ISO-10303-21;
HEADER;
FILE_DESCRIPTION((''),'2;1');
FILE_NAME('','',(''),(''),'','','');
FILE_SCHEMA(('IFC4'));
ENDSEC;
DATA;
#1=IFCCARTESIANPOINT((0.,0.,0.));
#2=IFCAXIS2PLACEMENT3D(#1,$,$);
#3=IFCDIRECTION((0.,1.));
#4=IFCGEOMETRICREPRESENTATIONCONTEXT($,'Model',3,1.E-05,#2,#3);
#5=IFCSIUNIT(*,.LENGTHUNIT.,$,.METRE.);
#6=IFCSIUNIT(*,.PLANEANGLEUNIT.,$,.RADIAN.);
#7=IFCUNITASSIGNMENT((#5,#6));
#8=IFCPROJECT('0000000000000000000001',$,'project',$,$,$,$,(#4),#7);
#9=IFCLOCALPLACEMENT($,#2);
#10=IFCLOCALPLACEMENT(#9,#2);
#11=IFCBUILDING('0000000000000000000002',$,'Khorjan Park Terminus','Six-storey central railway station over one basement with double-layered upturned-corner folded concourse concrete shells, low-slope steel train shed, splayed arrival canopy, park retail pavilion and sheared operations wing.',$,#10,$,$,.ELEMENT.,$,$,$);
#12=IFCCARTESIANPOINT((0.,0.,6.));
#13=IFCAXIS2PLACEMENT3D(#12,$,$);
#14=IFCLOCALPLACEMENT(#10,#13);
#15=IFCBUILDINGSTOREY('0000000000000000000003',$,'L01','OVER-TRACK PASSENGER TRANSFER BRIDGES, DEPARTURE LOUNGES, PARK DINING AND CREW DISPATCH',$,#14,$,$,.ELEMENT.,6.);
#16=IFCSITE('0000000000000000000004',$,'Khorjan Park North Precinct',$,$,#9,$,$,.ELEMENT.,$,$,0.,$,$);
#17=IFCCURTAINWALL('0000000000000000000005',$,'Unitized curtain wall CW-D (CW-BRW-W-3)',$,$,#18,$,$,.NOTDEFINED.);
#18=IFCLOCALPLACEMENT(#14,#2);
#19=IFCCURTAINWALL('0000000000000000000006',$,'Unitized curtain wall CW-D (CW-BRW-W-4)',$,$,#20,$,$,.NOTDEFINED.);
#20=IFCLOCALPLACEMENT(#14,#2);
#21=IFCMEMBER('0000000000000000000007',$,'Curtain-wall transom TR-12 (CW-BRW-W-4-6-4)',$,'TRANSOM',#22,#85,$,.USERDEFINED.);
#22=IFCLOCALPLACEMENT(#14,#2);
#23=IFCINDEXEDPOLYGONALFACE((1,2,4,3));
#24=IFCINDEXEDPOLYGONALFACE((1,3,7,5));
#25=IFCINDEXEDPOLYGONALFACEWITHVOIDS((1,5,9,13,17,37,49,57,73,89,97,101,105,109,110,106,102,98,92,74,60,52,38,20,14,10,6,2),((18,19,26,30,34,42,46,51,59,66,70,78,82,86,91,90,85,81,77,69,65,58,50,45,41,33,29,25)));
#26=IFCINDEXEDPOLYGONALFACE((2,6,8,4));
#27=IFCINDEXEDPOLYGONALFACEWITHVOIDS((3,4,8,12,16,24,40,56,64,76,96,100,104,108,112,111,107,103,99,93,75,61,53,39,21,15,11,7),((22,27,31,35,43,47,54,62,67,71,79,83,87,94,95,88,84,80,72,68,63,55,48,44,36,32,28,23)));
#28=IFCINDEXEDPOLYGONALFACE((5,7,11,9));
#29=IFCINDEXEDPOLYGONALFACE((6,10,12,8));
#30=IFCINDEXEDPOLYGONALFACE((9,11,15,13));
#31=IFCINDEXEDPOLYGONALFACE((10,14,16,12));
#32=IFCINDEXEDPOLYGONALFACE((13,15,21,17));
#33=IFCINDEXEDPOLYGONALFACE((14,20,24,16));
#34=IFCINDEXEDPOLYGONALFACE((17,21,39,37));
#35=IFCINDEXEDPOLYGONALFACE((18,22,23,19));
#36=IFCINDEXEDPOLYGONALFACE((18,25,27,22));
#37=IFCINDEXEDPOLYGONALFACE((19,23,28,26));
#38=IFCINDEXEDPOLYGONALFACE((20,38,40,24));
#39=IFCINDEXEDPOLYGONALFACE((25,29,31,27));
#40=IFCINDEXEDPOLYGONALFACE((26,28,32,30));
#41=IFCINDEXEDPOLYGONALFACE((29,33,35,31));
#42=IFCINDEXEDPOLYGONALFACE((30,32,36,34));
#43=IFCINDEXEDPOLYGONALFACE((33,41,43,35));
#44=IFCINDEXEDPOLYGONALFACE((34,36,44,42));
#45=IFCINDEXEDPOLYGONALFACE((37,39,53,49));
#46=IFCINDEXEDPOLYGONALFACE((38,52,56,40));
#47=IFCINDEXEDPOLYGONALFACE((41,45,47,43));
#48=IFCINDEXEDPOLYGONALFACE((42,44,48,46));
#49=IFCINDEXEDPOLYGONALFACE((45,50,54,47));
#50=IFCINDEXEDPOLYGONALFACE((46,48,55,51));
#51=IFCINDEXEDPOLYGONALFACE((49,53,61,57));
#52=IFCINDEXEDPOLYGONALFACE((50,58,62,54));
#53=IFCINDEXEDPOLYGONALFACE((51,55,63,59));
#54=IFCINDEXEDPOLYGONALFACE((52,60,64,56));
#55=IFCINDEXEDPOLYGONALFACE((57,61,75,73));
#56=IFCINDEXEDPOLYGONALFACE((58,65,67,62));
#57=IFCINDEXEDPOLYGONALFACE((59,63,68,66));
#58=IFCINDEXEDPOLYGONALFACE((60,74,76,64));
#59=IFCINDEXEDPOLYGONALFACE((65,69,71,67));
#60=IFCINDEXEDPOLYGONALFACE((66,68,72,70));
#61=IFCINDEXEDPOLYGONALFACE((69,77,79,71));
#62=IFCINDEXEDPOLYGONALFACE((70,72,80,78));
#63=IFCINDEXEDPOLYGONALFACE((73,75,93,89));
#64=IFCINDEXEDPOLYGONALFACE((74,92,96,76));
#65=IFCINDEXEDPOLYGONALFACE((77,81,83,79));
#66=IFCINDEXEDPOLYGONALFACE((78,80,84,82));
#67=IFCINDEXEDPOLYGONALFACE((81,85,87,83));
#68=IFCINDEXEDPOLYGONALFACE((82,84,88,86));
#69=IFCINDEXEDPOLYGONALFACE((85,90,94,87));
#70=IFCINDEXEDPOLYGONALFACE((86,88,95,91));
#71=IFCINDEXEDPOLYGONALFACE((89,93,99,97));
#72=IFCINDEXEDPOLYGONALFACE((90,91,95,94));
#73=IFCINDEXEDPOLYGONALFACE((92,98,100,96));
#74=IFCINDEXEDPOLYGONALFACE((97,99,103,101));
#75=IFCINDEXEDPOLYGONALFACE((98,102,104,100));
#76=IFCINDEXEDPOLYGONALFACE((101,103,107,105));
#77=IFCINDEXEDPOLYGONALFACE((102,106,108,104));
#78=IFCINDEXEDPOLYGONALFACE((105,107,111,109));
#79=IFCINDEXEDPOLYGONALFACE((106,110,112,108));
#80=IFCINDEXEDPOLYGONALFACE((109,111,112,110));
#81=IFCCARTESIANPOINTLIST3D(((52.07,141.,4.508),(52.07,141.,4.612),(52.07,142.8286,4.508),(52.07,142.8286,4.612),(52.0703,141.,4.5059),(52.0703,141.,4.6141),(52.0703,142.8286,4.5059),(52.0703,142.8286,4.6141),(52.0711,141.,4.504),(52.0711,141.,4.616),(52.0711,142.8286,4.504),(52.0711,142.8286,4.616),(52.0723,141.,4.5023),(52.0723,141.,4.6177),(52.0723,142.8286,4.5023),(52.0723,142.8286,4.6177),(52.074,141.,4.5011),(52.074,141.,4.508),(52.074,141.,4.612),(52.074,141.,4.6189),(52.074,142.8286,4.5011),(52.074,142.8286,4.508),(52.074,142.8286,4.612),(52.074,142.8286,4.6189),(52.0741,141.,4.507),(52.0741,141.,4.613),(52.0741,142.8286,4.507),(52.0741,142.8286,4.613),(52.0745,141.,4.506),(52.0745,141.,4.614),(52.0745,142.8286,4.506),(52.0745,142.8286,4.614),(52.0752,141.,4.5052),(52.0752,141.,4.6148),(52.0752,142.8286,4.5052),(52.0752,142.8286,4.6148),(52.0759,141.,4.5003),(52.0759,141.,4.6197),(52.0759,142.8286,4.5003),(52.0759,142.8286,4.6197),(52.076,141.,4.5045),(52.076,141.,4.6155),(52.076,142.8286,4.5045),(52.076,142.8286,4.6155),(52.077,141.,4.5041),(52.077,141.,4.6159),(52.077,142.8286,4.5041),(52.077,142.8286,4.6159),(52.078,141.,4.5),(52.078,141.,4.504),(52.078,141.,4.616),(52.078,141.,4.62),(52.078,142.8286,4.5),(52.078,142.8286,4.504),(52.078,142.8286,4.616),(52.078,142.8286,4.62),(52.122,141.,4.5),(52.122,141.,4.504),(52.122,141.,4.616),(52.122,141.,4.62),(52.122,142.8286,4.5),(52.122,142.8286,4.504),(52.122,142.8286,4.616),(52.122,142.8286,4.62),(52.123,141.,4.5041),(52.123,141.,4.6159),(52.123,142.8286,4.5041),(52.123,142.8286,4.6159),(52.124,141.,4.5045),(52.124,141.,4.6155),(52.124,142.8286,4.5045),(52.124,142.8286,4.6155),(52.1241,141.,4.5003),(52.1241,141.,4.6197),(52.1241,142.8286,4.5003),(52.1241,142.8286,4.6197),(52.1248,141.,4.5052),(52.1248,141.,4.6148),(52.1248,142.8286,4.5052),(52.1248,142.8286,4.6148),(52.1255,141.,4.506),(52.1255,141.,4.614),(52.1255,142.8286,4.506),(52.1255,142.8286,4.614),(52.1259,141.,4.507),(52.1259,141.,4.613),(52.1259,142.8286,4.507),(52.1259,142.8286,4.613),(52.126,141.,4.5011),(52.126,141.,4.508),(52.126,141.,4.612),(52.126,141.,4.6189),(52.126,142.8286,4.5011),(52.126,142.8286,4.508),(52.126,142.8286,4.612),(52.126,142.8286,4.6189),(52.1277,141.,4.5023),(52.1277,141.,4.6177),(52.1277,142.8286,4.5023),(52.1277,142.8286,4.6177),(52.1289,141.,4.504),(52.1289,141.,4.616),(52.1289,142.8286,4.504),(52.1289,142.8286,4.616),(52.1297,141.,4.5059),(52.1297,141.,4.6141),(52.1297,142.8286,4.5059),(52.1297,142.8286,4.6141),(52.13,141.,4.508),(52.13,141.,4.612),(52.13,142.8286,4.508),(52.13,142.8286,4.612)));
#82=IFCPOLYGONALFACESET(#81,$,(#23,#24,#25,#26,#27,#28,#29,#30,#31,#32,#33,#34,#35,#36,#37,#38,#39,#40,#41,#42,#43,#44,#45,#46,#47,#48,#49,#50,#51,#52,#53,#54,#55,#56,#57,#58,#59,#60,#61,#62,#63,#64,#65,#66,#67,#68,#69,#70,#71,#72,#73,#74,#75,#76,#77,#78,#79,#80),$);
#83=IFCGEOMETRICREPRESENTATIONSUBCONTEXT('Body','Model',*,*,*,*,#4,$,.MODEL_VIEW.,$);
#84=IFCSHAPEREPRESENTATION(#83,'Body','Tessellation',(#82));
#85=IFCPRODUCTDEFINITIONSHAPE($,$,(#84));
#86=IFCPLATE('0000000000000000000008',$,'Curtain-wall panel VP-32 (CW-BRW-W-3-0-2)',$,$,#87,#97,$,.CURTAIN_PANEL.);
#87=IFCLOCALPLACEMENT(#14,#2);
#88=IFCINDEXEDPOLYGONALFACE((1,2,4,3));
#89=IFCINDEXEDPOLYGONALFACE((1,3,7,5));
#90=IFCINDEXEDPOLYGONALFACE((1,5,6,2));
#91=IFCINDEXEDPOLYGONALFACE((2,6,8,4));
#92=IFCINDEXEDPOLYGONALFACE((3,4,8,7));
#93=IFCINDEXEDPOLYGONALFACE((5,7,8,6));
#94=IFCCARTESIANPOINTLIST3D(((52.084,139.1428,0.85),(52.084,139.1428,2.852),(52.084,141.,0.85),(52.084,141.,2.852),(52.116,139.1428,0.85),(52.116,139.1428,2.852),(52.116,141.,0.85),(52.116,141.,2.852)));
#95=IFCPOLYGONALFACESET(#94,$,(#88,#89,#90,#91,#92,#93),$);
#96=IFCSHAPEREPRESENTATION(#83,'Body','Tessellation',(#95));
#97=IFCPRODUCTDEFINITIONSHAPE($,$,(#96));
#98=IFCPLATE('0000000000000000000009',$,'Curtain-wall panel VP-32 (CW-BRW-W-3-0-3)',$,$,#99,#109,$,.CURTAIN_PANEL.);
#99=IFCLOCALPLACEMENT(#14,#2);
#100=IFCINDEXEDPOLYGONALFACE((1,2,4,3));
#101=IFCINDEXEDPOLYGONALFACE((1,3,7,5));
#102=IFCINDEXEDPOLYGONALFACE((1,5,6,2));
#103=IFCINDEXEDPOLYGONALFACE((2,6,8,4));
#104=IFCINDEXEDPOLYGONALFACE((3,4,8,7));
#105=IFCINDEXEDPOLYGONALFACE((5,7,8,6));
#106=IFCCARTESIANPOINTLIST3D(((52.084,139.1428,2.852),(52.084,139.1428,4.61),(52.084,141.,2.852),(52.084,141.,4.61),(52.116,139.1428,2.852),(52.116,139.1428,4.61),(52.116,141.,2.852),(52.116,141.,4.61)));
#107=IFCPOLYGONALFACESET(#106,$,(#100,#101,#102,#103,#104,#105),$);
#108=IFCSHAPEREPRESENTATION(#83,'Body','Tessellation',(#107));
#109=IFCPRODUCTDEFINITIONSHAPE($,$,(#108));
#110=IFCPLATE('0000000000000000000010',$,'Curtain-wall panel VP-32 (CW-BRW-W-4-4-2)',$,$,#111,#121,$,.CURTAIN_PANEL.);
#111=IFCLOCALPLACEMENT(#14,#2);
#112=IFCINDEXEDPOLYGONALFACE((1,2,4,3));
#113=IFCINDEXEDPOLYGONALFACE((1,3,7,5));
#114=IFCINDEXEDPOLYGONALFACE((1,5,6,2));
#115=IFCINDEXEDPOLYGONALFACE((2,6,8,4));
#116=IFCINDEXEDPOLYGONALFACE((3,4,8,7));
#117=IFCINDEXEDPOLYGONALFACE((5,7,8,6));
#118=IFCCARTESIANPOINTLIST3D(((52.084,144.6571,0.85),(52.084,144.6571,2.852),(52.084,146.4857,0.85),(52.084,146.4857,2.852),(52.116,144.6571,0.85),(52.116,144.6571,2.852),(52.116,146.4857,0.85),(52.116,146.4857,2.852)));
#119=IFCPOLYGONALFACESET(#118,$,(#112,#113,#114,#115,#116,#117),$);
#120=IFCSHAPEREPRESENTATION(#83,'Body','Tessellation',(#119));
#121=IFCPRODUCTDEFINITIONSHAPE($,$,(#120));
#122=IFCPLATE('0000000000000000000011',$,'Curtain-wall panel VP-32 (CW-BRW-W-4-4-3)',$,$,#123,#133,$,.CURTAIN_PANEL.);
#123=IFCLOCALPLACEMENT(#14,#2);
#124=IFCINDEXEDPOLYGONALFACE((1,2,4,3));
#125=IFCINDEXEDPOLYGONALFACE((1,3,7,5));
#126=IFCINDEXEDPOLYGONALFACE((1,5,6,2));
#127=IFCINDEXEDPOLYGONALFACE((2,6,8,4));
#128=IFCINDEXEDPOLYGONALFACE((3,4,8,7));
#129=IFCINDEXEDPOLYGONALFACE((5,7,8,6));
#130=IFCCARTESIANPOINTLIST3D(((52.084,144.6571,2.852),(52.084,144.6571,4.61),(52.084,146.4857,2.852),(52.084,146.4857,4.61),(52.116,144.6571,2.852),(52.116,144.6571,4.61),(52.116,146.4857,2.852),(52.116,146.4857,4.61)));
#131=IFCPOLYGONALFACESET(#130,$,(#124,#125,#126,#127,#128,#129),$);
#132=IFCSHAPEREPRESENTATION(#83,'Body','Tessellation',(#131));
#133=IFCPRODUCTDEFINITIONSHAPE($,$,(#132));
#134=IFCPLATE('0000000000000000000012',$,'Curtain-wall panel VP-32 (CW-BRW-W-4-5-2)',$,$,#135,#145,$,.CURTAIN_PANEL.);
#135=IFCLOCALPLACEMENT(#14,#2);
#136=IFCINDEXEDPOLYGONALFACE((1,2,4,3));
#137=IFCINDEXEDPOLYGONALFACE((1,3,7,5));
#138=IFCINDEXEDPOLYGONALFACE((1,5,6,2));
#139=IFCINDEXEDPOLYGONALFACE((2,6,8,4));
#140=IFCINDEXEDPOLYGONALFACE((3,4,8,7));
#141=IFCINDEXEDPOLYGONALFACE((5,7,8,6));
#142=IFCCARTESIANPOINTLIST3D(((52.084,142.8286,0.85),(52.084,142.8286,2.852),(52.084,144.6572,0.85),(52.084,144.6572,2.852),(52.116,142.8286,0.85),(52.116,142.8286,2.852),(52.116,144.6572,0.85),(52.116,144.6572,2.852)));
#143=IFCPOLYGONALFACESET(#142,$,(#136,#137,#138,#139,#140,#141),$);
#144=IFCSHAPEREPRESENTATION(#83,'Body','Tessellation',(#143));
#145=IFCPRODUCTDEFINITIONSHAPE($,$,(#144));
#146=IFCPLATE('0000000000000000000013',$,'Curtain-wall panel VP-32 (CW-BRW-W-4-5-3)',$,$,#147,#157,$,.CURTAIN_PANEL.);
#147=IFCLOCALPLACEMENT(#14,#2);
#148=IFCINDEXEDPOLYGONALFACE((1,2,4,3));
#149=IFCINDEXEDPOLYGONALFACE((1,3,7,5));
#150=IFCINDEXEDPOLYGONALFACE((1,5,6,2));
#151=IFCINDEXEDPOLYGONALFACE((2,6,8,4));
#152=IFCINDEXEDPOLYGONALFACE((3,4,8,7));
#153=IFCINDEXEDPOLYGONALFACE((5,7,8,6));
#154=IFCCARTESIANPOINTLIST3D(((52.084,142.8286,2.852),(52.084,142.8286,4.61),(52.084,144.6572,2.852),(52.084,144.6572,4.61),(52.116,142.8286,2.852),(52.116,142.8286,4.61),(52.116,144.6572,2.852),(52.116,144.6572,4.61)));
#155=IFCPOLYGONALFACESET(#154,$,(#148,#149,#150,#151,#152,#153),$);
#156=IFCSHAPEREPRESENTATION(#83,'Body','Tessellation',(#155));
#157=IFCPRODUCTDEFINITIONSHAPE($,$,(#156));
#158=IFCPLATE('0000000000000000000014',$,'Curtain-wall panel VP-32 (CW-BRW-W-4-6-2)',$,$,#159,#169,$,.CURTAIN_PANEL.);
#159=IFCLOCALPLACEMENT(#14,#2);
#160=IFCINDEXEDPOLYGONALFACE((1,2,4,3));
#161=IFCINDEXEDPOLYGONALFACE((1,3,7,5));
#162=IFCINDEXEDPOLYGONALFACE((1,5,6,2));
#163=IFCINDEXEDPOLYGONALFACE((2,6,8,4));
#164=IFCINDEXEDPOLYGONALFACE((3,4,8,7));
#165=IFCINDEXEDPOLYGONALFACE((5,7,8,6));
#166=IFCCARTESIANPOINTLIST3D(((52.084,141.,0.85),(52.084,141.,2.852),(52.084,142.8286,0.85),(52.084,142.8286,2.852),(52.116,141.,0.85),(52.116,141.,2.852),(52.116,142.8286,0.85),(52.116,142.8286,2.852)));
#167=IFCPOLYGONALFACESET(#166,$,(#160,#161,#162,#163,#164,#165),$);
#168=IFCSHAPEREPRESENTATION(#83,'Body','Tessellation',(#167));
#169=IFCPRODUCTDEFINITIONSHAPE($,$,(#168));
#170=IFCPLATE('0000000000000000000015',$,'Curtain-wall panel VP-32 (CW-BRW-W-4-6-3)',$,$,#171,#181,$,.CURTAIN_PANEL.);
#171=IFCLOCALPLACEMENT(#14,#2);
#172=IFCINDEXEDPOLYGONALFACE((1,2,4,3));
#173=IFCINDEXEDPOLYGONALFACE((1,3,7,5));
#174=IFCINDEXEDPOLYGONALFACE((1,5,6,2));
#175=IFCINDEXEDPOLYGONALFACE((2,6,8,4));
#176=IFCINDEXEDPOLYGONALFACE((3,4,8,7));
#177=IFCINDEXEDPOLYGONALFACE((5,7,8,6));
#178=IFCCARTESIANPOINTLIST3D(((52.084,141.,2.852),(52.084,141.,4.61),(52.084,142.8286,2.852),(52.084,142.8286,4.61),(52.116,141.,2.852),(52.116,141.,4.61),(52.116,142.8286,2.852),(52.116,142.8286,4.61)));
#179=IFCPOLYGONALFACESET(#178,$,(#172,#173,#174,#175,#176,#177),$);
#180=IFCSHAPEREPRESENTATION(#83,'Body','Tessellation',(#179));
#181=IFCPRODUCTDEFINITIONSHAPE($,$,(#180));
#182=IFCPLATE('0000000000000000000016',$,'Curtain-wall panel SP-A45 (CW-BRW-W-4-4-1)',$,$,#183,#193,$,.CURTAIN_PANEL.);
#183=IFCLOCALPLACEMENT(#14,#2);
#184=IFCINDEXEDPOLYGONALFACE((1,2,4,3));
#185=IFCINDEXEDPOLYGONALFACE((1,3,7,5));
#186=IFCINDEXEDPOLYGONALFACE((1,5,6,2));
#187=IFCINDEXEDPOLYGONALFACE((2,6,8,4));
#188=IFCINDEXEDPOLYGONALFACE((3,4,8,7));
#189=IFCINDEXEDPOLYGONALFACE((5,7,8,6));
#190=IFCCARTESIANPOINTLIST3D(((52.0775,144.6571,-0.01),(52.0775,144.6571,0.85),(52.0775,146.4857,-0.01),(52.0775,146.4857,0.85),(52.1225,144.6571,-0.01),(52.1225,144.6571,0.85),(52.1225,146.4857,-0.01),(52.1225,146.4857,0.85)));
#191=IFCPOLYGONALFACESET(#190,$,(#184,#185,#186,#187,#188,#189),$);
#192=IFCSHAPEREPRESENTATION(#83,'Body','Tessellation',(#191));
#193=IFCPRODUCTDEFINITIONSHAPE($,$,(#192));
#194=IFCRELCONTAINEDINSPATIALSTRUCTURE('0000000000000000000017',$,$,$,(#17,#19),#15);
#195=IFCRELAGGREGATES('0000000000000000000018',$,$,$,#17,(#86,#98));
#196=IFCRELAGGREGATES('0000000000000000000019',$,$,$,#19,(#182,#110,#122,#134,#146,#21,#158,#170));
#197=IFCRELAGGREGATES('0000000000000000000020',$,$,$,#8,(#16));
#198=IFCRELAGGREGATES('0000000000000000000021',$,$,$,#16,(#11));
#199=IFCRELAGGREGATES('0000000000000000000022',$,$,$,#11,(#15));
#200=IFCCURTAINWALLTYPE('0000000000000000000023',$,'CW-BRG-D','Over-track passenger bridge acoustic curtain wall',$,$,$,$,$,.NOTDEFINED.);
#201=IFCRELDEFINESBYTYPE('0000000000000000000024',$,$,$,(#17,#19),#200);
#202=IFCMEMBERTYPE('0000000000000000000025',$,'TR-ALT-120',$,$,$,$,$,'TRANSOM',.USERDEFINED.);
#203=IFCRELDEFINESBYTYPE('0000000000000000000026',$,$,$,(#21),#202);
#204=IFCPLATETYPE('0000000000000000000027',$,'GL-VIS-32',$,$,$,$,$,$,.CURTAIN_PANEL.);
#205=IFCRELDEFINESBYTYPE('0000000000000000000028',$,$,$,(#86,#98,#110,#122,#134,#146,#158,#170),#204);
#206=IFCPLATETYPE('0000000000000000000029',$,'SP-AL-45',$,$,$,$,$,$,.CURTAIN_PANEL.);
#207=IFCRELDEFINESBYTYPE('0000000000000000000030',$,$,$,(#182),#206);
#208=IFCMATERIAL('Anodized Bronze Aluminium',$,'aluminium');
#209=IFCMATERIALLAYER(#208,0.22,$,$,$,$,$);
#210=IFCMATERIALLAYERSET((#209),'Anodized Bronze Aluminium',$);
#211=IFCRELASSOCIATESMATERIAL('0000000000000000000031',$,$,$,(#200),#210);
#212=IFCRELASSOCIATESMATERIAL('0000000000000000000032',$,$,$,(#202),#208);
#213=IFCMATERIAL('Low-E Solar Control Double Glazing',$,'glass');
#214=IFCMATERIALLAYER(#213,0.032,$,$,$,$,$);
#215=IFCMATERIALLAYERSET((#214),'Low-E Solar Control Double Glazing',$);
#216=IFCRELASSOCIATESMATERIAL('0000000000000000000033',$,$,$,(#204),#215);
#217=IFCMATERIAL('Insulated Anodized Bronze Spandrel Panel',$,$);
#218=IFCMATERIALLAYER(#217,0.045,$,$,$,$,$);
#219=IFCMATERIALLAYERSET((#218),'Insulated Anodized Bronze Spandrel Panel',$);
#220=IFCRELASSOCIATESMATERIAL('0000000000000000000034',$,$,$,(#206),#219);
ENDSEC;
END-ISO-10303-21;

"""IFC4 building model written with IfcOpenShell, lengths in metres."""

from ifc_helpers import new_model, si_unit, direction, frame, origin, origin_2d, place, context, subcontext, project, spatial, rectangle, hollow_rectangle, extrude, material, layer, layer_set, material_profile, profile_set, type_object, element, aggregate, save


model = new_model("IFC4")

# Units and contexts
model_context = context("Model", 3, precision=1e-05, world=origin(), true_north=direction((0.0, 1.0)))
body_context = subcontext(model_context, "Body", "Model", "MODEL_VIEW")
ifc_project = project(units=[si_unit("LENGTHUNIT", "METRE"), si_unit("PLANEANGLEUNIT", "RADIAN")], contexts=[model_context])

# Site, building, storey
site_placement = place(None, origin())
site = spatial("IfcSite", under=ifc_project, at=site_placement, Name="Khorjan Park North Precinct", CompositionType="ELEMENT", RefElevation=0.0)
building_placement = place(site_placement, origin())
building = spatial("IfcBuilding", under=site, at=building_placement, Name="Khorjan Park Terminus", Description="Six-storey central railway station over one basement with double-layered upturned-corner folded concourse concrete shells, low-slope steel train shed, splayed arrival canopy, park retail pavilion and sheared operations wing.", CompositionType="ELEMENT")
storey_placement = place(building_placement, frame((0.0, 0.0, 6.0)))
storey = spatial("IfcBuildingStorey", under=building, at=storey_placement, Name="L01", Description="OVER-TRACK PASSENGER TRANSFER BRIDGES, DEPARTURE LOUNGES, PARK DINING AND CREW DISPATCH", CompositionType="ELEMENT", Elevation=6.0)

# Curtain wall
ifc_material_1 = material(Name="Anodized Bronze Aluminium", Category="aluminium")
ifc_layer_1 = layer(ifc_material_1, 0.22)
ifc_layer_set_1 = layer_set([ifc_layer_1], Name="Anodized Bronze Aluminium")
curtain_wall_type = type_object("IfcCurtainWallType", Name="CW-BRG-D", Description="Over-track passenger bridge acoustic curtain wall", PredefinedType="NOTDEFINED", material=ifc_layer_set_1)
curtain_wall_1_placement = place(storey_placement, origin())
curtain_wall_1 = element("IfcCurtainWall", 1, at=curtain_wall_1_placement, inside=storey, type_object=curtain_wall_type, Name="Unitized curtain wall CW-D (CW-BRW-W-3)", PredefinedType="NOTDEFINED")

# Curtain wall
curtain_wall_2_placement = place(storey_placement, origin())
curtain_wall_2 = element("IfcCurtainWall", 2, at=curtain_wall_2_placement, inside=storey, type_object=curtain_wall_type, Name="Unitized curtain wall CW-D (CW-BRW-W-4)", PredefinedType="NOTDEFINED")

# Member
ifc_material_profile_1 = material_profile(ifc_material_1, hollow_rectangle(XDim=0.06, YDim=0.12, WallThickness=0.004, InnerFilletRadius=0.004, OuterFilletRadius=0.008, at=origin_2d()), Name="ALT 60x120x4")
ifc_profile_set_1 = profile_set([ifc_material_profile_1], Name="Anodized Bronze Aluminium")
member_type_1 = type_object("IfcMemberType", Name="TR-ALT-120", ElementType="TRANSOM", PredefinedType="USERDEFINED", material=ifc_profile_set_1)
member_1_placement = place(storey_placement, frame((52.1, 142.8286, 4.56), z_axis=(0.0, -1.0, 0.0), x_axis=(1.0, 0.0, 0.0)))
member_1 = element("IfcMember", 3, at=member_1_placement, type_object=member_type_1, Name="Curtain-wall transom TR-12 (CW-BRW-W-4-6-4)", ObjectType="TRANSOM", PredefinedType="USERDEFINED", context=body_context, shape_type="SweptSolid", body=[
    extrude(hollow_rectangle(XDim=0.06, YDim=0.12, WallThickness=0.004, InnerFilletRadius=0.004, OuterFilletRadius=0.008, at=origin_2d()), origin(), (0.0, 0.0, 1.0), 1.8286),
])

# Plates
ifc_material_2 = material(Name="Low-E Solar Control Double Glazing", Category="glass")
ifc_layer_2 = layer(ifc_material_2, 0.032)
ifc_layer_set_2 = layer_set([ifc_layer_2], Name="Low-E Solar Control Double Glazing")
plate_type_1 = type_object("IfcPlateType", Name="GL-VIS-32", PredefinedType="CURTAIN_PANEL", material=ifc_layer_set_2)
plate_1_placement = place(storey_placement, frame((52.1, 140.0714, 0.85), z_axis=(0.0, 0.0, 1.0), x_axis=(0.0, -1.0, 0.0)))
plate_1 = element("IfcPlate", 4, at=plate_1_placement, type_object=plate_type_1, Name="Curtain-wall panel VP-32 (CW-BRW-W-3-0-2)", PredefinedType="CURTAIN_PANEL", context=body_context, shape_type="SweptSolid", body=[
    extrude(rectangle(XDim=1.8571, YDim=0.032, at=origin_2d()), origin(), (0.0, 0.0, 1.0), 2.002),
])
plate_2_placement = place(storey_placement, frame((52.1, 140.0714, 2.852), z_axis=(0.0, 0.0, 1.0), x_axis=(0.0, -1.0, 0.0)))
plate_2 = element("IfcPlate", 5, at=plate_2_placement, type_object=plate_type_1, Name="Curtain-wall panel VP-32 (CW-BRW-W-3-0-3)", PredefinedType="CURTAIN_PANEL", context=body_context, shape_type="SweptSolid", body=[
    extrude(rectangle(XDim=1.8571, YDim=0.032, at=origin_2d()), origin(), (0.0, 0.0, 1.0), 1.758),
])
aggregate(curtain_wall_1, [plate_1, plate_2])
plate_3_placement = place(storey_placement, frame((52.1, 145.5714, 0.85), z_axis=(0.0, 0.0, 1.0), x_axis=(0.0, -1.0, 0.0)))
plate_3 = element("IfcPlate", 6, at=plate_3_placement, type_object=plate_type_1, Name="Curtain-wall panel VP-32 (CW-BRW-W-4-4-2)", PredefinedType="CURTAIN_PANEL", context=body_context, shape_type="SweptSolid", body=[
    extrude(rectangle(XDim=1.8286, YDim=0.032, at=origin_2d()), origin(), (0.0, 0.0, 1.0), 2.002),
])
plate_4_placement = place(storey_placement, frame((52.1, 145.5714, 2.852), z_axis=(0.0, 0.0, 1.0), x_axis=(0.0, -1.0, 0.0)))
plate_4 = element("IfcPlate", 7, at=plate_4_placement, type_object=plate_type_1, Name="Curtain-wall panel VP-32 (CW-BRW-W-4-4-3)", PredefinedType="CURTAIN_PANEL", context=body_context, shape_type="SweptSolid", body=[
    extrude(rectangle(XDim=1.8286, YDim=0.032, at=origin_2d()), origin(), (0.0, 0.0, 1.0), 1.758),
])
plate_5_placement = place(storey_placement, frame((52.1, 143.7429, 0.85), z_axis=(0.0, 0.0, 1.0), x_axis=(0.0, -1.0, 0.0)))
plate_5 = element("IfcPlate", 8, at=plate_5_placement, type_object=plate_type_1, Name="Curtain-wall panel VP-32 (CW-BRW-W-4-5-2)", PredefinedType="CURTAIN_PANEL", context=body_context, shape_type="SweptSolid", body=[
    extrude(rectangle(XDim=1.8286, YDim=0.032, at=origin_2d()), origin(), (0.0, 0.0, 1.0), 2.002),
])
plate_6_placement = place(storey_placement, frame((52.1, 143.7429, 2.852), z_axis=(0.0, 0.0, 1.0), x_axis=(0.0, -1.0, 0.0)))
plate_6 = element("IfcPlate", 9, at=plate_6_placement, type_object=plate_type_1, Name="Curtain-wall panel VP-32 (CW-BRW-W-4-5-3)", PredefinedType="CURTAIN_PANEL", context=body_context, shape_type="SweptSolid", body=[
    extrude(rectangle(XDim=1.8286, YDim=0.032, at=origin_2d()), origin(), (0.0, 0.0, 1.0), 1.758),
])
plate_7_placement = place(storey_placement, frame((52.1, 141.9143, 0.85), z_axis=(0.0, 0.0, 1.0), x_axis=(0.0, -1.0, 0.0)))
plate_7 = element("IfcPlate", 10, at=plate_7_placement, type_object=plate_type_1, Name="Curtain-wall panel VP-32 (CW-BRW-W-4-6-2)", PredefinedType="CURTAIN_PANEL", context=body_context, shape_type="SweptSolid", body=[
    extrude(rectangle(XDim=1.8286, YDim=0.032, at=origin_2d()), origin(), (0.0, 0.0, 1.0), 2.002),
])
plate_8_placement = place(storey_placement, frame((52.1, 141.9143, 2.852), z_axis=(0.0, 0.0, 1.0), x_axis=(0.0, -1.0, 0.0)))
plate_8 = element("IfcPlate", 11, at=plate_8_placement, type_object=plate_type_1, Name="Curtain-wall panel VP-32 (CW-BRW-W-4-6-3)", PredefinedType="CURTAIN_PANEL", context=body_context, shape_type="SweptSolid", body=[
    extrude(rectangle(XDim=1.8286, YDim=0.032, at=origin_2d()), origin(), (0.0, 0.0, 1.0), 1.758),
])
ifc_material_3 = material(Name="Insulated Anodized Bronze Spandrel Panel")
ifc_layer_3 = layer(ifc_material_3, 0.045)
ifc_layer_set_3 = layer_set([ifc_layer_3], Name="Insulated Anodized Bronze Spandrel Panel")
plate_type_2 = type_object("IfcPlateType", Name="SP-AL-45", PredefinedType="CURTAIN_PANEL", material=ifc_layer_set_3)
plate_9_placement = place(storey_placement, frame((52.1, 145.5714, -0.01), z_axis=(0.0, 0.0, 1.0), x_axis=(0.0, -1.0, 0.0)))
plate_9 = element("IfcPlate", 12, at=plate_9_placement, type_object=plate_type_2, Name="Curtain-wall panel SP-A45 (CW-BRW-W-4-4-1)", PredefinedType="CURTAIN_PANEL", context=body_context, shape_type="SweptSolid", body=[
    extrude(rectangle(XDim=1.8286, YDim=0.045, at=origin_2d()), origin(), (0.0, 0.0, 1.0), 0.86),
])
aggregate(curtain_wall_2, [plate_9, plate_3, plate_4, plate_5, plate_6, member_1, plate_7, plate_8])

save(model, "model.ifc")
